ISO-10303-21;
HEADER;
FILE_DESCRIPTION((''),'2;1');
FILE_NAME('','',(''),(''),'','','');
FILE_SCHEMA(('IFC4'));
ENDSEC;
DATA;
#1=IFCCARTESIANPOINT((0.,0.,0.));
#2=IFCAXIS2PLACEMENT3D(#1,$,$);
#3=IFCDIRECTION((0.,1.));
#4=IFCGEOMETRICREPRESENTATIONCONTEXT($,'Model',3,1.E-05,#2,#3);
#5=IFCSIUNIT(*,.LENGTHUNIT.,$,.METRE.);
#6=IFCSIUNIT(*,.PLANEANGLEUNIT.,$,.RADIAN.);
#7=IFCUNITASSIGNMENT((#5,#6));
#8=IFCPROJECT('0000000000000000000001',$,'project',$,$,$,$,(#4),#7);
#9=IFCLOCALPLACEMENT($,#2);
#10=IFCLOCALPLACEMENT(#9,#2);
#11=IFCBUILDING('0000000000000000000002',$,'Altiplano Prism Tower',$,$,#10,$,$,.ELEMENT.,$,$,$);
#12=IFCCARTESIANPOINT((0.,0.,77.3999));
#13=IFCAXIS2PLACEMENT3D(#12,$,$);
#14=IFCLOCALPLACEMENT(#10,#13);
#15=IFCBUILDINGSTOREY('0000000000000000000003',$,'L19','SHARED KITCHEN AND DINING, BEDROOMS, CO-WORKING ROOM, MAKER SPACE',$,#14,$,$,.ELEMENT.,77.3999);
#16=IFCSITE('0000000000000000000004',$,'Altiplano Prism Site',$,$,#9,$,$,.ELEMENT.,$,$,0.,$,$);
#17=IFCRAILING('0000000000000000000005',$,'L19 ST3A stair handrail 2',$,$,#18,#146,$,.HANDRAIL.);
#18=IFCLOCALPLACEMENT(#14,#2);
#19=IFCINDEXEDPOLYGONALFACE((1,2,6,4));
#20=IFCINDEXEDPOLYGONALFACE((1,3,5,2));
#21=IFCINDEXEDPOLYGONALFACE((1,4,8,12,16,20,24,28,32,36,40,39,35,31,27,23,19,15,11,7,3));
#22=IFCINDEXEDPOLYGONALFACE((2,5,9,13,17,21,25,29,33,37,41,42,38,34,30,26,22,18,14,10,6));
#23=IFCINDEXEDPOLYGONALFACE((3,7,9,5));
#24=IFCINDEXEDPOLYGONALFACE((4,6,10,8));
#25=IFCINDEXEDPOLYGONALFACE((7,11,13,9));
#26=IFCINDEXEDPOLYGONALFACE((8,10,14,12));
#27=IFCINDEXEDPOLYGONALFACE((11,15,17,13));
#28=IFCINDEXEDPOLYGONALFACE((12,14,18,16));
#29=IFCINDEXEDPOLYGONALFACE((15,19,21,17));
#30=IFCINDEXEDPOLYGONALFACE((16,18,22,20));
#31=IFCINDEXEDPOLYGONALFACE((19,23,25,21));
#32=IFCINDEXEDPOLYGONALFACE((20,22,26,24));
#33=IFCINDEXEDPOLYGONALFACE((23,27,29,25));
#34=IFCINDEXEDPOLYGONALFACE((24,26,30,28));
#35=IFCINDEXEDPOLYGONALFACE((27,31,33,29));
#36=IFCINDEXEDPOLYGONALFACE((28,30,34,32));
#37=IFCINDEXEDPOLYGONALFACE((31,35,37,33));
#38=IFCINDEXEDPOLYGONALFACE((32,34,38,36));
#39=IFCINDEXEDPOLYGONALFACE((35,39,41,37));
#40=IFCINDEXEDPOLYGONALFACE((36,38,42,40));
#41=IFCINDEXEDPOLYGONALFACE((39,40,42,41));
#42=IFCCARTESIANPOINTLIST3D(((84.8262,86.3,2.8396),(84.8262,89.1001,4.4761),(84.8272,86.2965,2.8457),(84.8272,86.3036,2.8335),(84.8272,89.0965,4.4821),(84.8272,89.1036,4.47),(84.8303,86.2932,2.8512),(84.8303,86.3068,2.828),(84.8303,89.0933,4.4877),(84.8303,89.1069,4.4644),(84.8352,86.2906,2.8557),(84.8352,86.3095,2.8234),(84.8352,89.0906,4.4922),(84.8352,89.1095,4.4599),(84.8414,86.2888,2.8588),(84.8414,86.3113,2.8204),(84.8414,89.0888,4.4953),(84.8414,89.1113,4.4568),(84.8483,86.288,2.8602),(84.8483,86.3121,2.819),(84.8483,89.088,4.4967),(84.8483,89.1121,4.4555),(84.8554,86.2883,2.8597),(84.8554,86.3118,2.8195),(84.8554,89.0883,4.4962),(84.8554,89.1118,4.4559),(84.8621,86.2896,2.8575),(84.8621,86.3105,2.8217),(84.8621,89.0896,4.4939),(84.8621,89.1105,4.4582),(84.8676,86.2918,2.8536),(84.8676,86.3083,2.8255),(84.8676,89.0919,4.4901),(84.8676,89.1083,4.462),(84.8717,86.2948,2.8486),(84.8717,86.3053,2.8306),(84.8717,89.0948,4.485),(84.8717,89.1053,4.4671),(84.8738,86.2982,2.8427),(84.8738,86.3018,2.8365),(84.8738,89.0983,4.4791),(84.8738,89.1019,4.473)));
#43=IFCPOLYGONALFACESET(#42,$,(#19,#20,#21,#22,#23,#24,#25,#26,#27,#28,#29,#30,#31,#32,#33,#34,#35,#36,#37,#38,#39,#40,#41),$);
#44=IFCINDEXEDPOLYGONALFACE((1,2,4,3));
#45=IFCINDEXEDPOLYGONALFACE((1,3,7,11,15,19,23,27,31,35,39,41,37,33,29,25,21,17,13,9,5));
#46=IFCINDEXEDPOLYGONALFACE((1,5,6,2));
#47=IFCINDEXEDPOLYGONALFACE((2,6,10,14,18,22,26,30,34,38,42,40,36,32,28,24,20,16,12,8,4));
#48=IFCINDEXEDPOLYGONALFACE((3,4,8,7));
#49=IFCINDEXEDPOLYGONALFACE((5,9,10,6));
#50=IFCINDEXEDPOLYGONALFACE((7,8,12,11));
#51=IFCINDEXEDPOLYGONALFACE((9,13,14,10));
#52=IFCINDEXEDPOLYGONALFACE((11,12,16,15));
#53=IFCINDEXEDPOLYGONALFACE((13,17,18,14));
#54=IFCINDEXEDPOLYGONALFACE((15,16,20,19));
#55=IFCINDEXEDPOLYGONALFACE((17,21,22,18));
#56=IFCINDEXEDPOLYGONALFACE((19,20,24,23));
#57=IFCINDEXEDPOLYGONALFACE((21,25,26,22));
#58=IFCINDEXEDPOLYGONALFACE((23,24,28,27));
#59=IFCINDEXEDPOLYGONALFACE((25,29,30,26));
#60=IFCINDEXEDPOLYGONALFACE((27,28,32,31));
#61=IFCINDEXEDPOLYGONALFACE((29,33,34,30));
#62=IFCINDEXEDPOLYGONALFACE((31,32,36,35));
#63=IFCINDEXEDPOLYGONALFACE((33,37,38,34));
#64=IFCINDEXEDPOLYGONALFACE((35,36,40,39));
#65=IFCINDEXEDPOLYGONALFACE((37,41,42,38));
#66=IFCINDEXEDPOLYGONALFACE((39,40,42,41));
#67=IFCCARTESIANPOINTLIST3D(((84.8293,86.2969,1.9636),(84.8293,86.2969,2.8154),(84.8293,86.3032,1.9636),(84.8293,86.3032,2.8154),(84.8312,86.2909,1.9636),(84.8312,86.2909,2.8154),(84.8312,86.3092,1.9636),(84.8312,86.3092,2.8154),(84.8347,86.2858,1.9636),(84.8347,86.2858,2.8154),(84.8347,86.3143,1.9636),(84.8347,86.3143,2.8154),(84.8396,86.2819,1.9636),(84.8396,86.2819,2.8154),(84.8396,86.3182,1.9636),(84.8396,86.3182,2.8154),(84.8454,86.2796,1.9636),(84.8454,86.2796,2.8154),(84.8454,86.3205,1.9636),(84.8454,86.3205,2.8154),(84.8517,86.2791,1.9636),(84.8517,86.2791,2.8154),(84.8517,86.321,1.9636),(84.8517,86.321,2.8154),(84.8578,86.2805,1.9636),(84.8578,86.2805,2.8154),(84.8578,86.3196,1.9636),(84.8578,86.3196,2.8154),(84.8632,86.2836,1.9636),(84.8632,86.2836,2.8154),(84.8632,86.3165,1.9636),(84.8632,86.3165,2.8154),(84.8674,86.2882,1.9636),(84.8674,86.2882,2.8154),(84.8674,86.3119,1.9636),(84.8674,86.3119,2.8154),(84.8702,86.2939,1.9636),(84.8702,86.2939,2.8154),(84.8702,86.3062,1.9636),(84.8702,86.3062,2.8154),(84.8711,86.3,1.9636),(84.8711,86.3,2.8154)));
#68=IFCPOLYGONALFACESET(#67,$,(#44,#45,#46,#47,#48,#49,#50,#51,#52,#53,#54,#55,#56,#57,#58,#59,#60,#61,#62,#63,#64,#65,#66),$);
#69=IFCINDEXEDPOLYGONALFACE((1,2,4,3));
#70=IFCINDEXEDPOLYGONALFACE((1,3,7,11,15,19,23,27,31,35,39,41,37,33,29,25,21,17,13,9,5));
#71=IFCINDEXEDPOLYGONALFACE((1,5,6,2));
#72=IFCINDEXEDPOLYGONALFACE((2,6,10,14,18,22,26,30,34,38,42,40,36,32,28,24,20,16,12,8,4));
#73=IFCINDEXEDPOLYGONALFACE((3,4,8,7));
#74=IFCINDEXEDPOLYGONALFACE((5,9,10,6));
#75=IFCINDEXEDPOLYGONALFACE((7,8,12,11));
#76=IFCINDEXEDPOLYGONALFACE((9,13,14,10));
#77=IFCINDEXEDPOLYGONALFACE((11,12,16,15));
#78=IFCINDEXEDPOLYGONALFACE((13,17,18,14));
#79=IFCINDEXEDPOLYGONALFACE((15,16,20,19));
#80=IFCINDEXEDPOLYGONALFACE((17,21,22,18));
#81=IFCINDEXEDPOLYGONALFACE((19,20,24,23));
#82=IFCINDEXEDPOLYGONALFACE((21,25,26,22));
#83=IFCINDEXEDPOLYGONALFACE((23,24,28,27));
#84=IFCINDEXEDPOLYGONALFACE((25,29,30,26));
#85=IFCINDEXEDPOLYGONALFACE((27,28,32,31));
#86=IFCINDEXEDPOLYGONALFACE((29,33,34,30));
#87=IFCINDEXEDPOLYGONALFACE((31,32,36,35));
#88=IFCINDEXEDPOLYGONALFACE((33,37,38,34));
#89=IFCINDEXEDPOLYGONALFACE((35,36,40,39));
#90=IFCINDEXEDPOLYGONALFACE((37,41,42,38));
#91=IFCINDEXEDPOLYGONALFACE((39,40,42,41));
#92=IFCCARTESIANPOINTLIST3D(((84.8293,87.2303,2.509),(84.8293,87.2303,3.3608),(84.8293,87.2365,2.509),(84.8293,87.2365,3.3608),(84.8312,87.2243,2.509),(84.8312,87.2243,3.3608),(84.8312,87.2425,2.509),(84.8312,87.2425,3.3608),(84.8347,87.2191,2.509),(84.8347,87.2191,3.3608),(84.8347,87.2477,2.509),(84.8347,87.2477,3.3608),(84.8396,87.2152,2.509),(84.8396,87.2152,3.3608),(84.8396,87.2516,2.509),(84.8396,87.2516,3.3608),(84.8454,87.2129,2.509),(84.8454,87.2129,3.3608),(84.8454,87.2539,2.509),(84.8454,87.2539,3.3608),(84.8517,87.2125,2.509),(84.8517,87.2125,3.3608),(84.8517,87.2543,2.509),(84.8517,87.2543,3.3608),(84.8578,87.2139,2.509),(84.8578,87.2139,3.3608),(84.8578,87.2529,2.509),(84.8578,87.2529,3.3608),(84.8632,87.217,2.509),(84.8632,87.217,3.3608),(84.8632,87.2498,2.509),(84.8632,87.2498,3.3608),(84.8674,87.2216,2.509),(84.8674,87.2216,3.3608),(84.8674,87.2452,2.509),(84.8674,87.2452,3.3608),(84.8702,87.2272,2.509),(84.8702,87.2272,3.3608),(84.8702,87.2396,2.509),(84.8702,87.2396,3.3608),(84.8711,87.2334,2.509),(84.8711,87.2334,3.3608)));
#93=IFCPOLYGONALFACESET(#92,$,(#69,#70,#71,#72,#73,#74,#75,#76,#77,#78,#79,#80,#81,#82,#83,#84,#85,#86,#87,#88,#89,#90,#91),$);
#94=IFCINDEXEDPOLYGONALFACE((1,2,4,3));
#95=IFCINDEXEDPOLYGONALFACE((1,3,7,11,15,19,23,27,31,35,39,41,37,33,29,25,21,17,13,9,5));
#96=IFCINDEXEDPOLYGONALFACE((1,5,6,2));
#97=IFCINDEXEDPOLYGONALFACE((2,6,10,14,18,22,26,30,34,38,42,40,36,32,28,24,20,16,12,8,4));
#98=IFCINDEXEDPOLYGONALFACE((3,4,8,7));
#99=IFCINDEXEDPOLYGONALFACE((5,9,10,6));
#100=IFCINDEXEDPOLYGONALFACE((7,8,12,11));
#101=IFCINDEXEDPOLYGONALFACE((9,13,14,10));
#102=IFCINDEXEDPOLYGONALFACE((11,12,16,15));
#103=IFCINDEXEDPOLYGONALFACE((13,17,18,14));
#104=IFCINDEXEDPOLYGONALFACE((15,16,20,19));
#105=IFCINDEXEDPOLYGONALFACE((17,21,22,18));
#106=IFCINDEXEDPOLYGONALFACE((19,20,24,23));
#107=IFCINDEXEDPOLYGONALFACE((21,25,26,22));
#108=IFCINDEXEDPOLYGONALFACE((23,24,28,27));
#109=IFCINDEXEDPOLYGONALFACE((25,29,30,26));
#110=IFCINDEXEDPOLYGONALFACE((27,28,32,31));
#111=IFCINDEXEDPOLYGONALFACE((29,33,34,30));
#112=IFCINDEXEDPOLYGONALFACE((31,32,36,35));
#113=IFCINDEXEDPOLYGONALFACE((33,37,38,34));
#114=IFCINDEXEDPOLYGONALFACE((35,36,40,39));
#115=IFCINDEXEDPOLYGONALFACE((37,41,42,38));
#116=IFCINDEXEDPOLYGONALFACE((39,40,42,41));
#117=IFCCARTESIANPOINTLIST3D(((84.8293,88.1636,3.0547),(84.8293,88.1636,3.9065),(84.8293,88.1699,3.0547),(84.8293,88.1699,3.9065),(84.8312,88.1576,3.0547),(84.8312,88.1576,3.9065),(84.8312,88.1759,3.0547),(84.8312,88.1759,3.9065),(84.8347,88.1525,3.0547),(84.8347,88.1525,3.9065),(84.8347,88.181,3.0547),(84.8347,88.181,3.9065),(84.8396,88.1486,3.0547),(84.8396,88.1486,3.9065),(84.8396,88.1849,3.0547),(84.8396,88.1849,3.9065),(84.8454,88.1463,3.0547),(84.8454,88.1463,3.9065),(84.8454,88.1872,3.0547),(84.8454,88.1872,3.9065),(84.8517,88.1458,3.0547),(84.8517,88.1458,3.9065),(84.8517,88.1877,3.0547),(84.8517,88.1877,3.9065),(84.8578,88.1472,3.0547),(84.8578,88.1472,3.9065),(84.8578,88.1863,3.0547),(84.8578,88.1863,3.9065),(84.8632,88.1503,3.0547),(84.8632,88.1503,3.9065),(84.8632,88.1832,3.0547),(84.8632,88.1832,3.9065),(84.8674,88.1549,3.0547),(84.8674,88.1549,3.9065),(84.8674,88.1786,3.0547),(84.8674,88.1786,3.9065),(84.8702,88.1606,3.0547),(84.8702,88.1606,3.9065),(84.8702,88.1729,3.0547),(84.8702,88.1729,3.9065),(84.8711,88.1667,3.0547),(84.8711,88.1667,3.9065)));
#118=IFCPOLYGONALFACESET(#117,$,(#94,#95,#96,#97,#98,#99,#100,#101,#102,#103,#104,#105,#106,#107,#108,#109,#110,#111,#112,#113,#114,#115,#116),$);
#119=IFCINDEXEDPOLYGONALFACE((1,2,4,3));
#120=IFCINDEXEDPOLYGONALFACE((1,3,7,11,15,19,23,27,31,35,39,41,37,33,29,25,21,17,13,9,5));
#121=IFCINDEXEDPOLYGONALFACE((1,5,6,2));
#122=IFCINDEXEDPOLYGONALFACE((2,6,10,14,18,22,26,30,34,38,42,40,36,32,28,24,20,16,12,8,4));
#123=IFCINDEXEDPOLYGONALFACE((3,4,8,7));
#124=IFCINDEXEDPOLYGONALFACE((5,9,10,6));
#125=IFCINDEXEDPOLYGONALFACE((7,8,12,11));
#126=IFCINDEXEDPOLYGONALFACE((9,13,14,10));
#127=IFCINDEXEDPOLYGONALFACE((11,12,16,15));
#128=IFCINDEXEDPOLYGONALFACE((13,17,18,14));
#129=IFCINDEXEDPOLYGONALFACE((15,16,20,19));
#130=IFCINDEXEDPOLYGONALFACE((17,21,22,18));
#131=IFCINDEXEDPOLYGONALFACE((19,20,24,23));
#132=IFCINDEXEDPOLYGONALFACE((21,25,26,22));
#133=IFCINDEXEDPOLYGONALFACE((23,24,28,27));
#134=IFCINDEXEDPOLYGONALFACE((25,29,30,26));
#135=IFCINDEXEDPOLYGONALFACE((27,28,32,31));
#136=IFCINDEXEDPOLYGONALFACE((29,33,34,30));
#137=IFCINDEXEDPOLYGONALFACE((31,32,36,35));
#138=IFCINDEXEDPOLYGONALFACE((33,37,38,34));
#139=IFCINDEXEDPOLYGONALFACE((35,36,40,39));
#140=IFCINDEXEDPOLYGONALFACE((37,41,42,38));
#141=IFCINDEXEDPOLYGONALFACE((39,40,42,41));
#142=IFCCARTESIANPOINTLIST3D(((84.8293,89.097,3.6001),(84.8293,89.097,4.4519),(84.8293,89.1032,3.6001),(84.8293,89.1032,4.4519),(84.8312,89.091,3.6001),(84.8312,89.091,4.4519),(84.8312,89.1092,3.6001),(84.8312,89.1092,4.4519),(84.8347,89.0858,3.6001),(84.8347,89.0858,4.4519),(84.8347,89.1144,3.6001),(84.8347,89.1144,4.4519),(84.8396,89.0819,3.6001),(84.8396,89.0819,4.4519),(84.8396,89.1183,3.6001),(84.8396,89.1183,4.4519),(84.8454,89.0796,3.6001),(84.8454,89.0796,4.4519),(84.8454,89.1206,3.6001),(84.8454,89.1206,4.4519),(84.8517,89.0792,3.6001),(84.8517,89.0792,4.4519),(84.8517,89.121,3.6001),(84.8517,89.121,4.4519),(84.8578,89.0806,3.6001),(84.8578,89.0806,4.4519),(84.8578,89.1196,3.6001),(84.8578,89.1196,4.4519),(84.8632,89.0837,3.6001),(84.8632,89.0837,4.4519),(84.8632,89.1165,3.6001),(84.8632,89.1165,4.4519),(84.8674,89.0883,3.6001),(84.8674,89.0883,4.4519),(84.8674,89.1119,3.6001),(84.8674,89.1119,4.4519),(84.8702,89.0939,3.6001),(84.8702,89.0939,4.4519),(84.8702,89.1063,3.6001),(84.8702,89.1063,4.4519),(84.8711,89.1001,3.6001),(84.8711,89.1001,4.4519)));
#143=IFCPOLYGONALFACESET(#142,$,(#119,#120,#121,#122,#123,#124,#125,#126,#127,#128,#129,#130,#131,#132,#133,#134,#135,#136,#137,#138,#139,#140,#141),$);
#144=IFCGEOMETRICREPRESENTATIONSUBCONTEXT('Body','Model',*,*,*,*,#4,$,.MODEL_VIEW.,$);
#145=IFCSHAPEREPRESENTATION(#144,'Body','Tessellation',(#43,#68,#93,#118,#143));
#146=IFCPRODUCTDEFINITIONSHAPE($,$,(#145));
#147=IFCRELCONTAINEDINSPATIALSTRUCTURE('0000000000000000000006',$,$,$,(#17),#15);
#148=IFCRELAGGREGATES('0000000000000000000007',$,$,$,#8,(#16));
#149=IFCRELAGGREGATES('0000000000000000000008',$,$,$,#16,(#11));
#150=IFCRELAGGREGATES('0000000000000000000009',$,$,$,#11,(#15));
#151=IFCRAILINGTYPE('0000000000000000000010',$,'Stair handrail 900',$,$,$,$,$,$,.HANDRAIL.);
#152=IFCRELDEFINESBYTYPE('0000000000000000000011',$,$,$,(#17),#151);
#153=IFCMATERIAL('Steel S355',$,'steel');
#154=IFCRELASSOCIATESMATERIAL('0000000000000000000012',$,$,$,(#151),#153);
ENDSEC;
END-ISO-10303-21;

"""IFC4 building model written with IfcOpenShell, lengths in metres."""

from ifc_helpers import new_model, si_unit, direction, frame, origin, origin_2d, place, context, subcontext, project, spatial, circle, extrude, material, type_object, element, save


model = new_model("IFC4")

# Units and contexts
model_context = context("Model", 3, precision=1e-05, world=origin(), true_north=direction((0.0, 1.0)))
body_context = subcontext(model_context, "Body", "Model", "MODEL_VIEW")
ifc_project = project(units=[si_unit("LENGTHUNIT", "METRE"), si_unit("PLANEANGLEUNIT", "RADIAN")], contexts=[model_context])

# Site, building, storey
site_placement = place(None, origin())
site = spatial("IfcSite", under=ifc_project, at=site_placement, Name="Altiplano Prism Site", CompositionType="ELEMENT", RefElevation=0.0)
building_placement = place(site_placement, origin())
building = spatial("IfcBuilding", under=site, at=building_placement, Name="Altiplano Prism Tower", CompositionType="ELEMENT")
storey_placement = place(building_placement, frame((0.0, 0.0, 77.3999)))
storey = spatial("IfcBuildingStorey", under=building, at=storey_placement, Name="L19", Description="SHARED KITCHEN AND DINING, BEDROOMS, CO-WORKING ROOM, MAKER SPACE", CompositionType="ELEMENT", Elevation=77.3999)

# Railing
ifc_material_1 = material(Name="Steel S355", Category="steel")
railing_type = type_object("IfcRailingType", Name="Stair handrail 900", PredefinedType="HANDRAIL", material=ifc_material_1)
for number, where, name in (
    (1, (84.8501, 86.3, 1.9636), "L19 ST3A stair handrail 2"),
):
    element("IfcRailing", number, at=place(storey_placement, frame(where)), inside=storey, type_object=railing_type, Name=name, PredefinedType="HANDRAIL", context=body_context, shape_type="SweptSolid", body=[
        extrude(circle(Radius=0.0239, at=origin_2d()), frame((0.0, 0.0, 0.876), z_axis=(0.0, 0.863361, 0.504587), x_axis=(-1.0, 0.0, 0.0)), (0.0, 0.0, 1.0), 3.2432),
        extrude(circle(Radius=0.021, at=origin_2d()), origin(), (0.0, 0.0, 1.0), 0.8518),
        extrude(circle(Radius=0.021, at=origin_2d()), frame((0.0, 0.9333, 0.5454)), (0.0, 0.0, 1.0), 0.8518),
        extrude(circle(Radius=0.021, at=origin_2d()), frame((0.0, 1.8667, 1.0911)), (0.0, 0.0, 1.0), 0.8518),
        extrude(circle(Radius=0.021, at=origin_2d()), frame((0.0, 2.8, 1.6365)), (0.0, 0.0, 1.0), 0.8518),
    ])

save(model, "model.ifc")
